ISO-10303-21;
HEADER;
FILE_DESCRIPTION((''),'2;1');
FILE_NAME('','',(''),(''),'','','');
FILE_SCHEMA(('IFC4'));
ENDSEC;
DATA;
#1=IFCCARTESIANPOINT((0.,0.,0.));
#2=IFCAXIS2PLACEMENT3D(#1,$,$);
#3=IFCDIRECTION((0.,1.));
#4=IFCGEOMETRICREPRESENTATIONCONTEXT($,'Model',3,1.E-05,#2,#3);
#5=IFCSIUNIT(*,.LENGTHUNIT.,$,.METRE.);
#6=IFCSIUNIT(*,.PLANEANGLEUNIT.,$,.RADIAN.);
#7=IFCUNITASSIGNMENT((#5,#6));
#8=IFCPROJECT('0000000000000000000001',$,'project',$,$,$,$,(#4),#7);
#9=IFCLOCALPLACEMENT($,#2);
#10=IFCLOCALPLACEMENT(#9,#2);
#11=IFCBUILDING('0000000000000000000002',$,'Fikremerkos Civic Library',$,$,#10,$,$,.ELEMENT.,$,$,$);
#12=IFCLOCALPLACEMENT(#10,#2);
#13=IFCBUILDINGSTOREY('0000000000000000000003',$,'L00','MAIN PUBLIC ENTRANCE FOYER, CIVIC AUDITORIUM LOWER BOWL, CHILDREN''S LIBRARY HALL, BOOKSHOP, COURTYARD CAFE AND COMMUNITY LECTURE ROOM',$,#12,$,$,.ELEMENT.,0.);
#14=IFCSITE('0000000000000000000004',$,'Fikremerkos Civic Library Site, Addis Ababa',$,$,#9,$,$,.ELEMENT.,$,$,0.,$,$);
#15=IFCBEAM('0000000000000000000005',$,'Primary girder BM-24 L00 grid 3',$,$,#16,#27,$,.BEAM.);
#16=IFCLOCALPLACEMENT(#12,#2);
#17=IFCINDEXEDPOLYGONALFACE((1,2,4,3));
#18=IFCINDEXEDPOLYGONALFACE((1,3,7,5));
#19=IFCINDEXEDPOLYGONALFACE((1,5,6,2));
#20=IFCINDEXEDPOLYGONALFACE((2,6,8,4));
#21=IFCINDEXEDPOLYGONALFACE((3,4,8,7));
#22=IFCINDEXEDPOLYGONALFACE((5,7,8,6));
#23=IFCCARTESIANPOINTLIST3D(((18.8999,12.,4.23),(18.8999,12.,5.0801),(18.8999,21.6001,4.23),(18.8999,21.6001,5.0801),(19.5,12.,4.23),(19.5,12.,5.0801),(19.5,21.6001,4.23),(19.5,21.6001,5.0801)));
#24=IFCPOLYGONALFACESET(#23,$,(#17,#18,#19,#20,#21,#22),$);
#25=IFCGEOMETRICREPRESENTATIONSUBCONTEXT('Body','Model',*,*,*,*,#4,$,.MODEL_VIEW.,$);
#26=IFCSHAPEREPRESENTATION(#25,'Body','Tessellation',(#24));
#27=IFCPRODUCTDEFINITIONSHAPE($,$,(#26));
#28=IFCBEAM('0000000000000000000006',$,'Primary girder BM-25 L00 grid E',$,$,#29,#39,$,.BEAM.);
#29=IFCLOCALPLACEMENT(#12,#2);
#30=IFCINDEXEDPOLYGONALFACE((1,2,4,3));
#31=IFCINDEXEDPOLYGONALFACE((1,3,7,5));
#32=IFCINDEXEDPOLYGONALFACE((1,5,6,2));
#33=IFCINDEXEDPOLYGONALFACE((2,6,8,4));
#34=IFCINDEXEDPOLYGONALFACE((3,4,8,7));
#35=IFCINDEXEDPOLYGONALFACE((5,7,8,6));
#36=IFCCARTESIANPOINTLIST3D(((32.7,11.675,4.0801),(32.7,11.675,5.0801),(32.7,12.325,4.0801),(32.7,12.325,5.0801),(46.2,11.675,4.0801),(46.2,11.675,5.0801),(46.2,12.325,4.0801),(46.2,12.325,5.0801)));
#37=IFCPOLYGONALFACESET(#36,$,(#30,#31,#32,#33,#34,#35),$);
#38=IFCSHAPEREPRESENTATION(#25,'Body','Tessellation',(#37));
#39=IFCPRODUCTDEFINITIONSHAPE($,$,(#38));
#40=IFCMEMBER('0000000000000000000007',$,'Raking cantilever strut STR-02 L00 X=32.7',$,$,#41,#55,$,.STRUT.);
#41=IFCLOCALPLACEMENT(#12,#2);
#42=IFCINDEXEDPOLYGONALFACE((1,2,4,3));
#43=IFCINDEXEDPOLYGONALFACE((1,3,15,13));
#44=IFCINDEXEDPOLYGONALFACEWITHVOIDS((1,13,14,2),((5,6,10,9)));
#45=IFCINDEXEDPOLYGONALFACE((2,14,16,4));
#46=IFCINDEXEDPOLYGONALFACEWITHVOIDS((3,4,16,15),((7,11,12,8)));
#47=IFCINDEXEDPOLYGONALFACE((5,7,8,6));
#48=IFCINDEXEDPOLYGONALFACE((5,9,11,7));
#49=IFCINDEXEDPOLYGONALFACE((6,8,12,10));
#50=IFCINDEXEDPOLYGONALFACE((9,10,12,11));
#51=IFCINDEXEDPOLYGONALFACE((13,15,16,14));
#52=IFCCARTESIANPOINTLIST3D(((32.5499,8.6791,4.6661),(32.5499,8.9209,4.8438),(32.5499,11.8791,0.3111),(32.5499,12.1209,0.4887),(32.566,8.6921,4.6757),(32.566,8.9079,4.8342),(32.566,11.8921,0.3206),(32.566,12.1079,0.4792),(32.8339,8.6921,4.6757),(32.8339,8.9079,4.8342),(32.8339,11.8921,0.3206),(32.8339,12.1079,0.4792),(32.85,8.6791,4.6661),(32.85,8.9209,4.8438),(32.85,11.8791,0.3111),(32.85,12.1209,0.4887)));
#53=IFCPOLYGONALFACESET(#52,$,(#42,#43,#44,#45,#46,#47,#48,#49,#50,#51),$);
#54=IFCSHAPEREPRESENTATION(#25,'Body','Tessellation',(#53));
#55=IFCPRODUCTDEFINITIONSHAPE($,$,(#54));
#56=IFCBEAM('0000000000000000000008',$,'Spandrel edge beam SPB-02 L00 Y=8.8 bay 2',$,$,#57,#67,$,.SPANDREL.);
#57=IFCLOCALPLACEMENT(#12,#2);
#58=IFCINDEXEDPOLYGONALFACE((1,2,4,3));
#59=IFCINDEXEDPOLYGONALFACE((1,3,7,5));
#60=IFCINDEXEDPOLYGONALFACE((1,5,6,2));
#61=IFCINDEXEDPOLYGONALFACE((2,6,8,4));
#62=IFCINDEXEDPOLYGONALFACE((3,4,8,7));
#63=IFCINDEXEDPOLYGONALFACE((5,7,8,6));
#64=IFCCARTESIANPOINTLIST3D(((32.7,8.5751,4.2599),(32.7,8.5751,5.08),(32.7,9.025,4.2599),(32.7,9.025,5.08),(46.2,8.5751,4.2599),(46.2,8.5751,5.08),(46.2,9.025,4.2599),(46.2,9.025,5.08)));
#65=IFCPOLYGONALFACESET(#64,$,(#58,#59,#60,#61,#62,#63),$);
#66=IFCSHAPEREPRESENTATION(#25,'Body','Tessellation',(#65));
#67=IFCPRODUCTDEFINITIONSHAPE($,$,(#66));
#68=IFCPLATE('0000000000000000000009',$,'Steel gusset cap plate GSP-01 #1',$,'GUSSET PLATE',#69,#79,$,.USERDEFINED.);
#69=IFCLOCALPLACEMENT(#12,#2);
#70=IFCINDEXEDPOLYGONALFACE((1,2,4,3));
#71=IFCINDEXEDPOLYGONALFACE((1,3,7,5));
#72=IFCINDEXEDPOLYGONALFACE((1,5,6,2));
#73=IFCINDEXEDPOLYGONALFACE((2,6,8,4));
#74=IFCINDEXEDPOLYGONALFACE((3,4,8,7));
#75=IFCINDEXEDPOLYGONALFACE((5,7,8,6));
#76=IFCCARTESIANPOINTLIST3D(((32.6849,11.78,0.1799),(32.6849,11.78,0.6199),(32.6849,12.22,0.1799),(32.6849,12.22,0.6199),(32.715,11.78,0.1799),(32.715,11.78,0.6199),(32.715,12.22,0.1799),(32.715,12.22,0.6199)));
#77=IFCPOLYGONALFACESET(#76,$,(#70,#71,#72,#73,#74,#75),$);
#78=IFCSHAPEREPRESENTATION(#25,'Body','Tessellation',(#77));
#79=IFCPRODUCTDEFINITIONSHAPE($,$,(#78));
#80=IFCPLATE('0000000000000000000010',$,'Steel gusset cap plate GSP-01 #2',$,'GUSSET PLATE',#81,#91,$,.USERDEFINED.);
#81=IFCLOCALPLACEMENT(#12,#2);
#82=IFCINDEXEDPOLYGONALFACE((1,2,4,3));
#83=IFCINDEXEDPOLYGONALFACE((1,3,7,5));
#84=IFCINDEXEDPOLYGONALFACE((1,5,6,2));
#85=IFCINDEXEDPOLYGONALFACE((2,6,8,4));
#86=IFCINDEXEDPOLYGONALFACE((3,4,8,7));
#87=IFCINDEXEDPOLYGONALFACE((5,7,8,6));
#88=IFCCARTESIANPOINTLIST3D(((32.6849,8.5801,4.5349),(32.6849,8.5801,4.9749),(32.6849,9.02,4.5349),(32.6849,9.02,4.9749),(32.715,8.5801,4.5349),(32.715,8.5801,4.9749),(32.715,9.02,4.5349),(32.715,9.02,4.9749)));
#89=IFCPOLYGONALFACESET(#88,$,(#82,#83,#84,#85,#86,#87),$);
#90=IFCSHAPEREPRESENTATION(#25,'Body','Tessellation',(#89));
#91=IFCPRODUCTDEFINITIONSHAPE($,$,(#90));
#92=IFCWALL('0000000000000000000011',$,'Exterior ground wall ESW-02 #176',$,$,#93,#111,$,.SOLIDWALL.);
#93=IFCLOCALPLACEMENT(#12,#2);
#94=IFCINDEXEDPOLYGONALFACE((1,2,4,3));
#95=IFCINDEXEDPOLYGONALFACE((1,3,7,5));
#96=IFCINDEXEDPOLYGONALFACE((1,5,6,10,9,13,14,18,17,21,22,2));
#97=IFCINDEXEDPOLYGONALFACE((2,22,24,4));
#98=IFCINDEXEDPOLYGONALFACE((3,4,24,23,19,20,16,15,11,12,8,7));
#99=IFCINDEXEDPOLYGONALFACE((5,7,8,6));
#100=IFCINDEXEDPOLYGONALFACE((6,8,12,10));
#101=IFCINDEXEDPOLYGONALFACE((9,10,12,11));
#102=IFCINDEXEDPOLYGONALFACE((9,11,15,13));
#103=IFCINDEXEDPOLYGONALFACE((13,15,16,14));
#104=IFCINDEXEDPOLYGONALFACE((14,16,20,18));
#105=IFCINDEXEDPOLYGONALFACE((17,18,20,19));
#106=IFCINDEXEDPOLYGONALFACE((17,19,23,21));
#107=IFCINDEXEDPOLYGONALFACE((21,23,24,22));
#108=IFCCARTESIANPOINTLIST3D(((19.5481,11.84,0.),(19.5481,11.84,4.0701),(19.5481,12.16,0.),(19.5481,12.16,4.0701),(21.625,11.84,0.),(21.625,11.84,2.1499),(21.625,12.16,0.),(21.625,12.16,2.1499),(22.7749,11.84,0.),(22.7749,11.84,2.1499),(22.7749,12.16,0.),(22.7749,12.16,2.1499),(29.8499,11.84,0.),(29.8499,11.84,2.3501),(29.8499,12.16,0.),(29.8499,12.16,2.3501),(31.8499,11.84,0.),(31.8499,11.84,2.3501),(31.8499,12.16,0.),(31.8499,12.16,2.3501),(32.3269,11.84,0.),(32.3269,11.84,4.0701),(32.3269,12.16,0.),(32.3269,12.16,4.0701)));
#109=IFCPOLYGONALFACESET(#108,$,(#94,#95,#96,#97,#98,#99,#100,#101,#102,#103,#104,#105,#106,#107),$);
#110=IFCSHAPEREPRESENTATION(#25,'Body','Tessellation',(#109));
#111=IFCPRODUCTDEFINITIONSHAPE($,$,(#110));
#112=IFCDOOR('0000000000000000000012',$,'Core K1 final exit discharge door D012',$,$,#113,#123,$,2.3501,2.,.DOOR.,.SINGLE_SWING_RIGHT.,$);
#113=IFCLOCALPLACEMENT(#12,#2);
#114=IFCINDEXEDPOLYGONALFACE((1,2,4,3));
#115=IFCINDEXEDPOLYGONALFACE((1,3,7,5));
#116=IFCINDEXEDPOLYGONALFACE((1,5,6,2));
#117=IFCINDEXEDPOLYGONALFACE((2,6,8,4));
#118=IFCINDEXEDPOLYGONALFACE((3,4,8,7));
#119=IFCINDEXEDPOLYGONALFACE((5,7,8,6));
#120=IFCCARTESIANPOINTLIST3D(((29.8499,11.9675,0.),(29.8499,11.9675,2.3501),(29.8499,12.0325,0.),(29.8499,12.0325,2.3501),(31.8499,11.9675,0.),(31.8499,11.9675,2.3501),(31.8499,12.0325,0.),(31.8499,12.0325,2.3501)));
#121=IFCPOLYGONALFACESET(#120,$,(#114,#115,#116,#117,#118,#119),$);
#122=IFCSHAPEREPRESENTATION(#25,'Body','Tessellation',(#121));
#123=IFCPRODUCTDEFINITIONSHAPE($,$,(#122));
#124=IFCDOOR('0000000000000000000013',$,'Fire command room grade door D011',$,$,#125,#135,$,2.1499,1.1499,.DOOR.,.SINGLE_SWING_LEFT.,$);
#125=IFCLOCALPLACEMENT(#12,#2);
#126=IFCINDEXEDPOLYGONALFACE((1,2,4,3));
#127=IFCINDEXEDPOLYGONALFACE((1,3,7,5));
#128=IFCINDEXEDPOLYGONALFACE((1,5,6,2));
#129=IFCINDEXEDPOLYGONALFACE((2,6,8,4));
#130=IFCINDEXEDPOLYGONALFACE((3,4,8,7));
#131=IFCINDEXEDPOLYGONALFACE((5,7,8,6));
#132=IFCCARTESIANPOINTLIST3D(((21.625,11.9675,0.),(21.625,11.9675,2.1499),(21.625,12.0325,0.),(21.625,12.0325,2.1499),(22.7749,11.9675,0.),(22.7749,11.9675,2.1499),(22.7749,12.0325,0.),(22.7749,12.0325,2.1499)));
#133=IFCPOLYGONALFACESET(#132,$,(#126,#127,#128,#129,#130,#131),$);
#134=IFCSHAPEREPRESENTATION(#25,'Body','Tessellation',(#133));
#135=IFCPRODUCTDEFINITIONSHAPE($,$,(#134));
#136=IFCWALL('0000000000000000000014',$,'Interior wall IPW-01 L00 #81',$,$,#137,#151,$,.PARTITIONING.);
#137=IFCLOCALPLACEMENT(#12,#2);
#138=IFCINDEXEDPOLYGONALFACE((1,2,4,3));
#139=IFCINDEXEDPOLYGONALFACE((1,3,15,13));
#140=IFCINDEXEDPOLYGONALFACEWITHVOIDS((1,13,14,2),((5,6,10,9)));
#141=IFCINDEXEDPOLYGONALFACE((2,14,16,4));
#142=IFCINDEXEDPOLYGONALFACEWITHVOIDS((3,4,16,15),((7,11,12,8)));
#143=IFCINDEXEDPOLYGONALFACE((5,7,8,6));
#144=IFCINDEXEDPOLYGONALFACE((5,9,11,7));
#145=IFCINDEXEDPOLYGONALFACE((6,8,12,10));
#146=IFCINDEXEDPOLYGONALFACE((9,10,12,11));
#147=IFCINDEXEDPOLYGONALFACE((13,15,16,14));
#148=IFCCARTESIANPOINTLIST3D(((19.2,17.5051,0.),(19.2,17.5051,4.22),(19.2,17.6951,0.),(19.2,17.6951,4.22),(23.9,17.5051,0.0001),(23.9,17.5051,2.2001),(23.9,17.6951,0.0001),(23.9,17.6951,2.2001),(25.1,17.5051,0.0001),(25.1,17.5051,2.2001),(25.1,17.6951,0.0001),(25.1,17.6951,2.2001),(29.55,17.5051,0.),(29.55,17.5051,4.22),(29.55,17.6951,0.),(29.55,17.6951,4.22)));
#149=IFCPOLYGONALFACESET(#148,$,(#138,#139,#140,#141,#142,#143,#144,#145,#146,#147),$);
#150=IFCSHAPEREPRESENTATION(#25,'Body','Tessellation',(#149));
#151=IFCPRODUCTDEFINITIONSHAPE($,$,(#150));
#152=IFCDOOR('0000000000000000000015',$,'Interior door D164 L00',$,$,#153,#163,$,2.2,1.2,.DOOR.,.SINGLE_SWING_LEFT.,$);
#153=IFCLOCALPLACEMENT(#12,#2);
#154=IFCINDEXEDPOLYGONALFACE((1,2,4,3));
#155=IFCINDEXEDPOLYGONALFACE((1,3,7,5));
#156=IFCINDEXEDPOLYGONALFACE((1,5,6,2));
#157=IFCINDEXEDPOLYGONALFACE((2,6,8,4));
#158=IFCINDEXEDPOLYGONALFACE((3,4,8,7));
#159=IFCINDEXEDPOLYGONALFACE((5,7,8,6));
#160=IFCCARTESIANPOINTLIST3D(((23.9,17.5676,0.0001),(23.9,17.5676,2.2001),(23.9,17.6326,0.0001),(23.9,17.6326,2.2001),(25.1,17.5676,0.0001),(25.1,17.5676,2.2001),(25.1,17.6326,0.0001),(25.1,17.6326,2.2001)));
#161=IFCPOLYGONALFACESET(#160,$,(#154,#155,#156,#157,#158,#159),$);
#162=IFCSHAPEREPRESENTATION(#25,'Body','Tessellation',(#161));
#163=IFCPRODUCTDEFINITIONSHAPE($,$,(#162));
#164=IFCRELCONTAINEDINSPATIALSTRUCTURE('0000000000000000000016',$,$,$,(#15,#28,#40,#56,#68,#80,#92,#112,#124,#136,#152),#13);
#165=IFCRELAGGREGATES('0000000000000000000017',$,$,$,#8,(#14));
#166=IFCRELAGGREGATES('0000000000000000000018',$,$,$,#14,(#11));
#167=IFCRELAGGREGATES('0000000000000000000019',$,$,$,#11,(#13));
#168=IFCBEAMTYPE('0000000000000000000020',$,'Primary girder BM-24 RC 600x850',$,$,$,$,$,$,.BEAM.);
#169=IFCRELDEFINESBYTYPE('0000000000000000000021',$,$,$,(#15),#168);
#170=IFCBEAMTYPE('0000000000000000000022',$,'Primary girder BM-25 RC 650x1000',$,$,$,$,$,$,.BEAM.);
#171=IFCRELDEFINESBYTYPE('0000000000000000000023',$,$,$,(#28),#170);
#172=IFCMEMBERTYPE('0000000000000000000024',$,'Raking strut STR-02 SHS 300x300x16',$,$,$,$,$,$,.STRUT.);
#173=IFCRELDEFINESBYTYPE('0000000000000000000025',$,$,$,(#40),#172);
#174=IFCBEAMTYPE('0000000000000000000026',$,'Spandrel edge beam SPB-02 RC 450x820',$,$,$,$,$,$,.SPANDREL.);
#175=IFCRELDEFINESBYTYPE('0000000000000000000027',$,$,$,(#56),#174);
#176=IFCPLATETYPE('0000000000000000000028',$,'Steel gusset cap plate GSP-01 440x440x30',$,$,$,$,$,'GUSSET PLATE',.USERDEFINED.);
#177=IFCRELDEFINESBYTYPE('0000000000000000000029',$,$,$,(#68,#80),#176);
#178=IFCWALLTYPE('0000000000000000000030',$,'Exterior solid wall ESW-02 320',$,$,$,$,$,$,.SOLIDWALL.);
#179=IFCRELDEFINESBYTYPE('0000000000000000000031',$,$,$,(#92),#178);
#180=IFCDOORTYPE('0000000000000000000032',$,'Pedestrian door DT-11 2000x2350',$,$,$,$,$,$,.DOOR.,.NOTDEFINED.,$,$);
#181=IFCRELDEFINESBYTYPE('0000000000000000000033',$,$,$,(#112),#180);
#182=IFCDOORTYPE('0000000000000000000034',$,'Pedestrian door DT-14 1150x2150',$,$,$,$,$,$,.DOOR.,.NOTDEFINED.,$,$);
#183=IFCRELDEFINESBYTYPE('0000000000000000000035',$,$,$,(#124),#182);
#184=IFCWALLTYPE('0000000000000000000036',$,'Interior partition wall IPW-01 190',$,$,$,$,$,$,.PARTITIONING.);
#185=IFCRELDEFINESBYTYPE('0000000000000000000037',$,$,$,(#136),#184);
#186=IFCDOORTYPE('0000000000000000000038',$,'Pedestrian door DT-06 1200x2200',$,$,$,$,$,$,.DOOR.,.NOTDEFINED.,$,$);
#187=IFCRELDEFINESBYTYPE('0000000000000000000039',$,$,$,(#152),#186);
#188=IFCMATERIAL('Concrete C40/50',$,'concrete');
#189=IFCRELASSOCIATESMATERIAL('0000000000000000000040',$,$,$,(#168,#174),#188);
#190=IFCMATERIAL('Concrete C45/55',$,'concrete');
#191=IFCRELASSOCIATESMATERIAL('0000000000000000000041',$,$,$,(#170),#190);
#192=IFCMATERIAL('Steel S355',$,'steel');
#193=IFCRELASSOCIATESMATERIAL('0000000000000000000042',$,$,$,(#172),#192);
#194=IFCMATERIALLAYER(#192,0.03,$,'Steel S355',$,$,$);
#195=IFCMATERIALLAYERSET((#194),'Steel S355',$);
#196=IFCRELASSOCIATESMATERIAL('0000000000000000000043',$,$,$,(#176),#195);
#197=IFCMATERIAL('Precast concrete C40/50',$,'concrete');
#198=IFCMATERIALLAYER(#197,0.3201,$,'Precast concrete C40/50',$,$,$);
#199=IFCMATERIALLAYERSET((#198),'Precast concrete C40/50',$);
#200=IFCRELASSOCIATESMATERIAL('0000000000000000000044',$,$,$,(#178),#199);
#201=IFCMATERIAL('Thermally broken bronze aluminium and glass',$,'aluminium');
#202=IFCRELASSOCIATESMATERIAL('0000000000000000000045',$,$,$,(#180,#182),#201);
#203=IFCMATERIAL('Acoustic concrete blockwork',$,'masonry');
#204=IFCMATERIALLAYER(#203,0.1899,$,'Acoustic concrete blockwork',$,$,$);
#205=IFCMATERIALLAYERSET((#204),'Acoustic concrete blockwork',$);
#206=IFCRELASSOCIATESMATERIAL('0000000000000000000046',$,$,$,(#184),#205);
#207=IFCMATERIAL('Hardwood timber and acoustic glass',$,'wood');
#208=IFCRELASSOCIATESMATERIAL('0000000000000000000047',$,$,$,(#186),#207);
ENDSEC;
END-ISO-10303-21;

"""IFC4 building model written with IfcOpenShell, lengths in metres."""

from ifc_helpers import new_model, si_unit, direction, frame, frame_2d, origin, origin_2d, place, context, subcontext, project, spatial, rectangle, hollow_rectangle, extrude, material, layer, layer_set, material_profile, profile_set, type_object, element, fill, save


model = new_model("IFC4")

# Units and contexts
model_context = context("Model", 3, precision=1e-05, world=origin(), true_north=direction((0.0, 1.0)))
body_context = subcontext(model_context, "Body", "Model", "MODEL_VIEW")
ifc_project = project(units=[si_unit("LENGTHUNIT", "METRE"), si_unit("PLANEANGLEUNIT", "RADIAN")], contexts=[model_context])

# Site, building, storey
site_placement = place(None, origin())
site = spatial("IfcSite", under=ifc_project, at=site_placement, Name="Fikremerkos Civic Library Site, Addis Ababa", CompositionType="ELEMENT", RefElevation=0.0)
building_placement = place(site_placement, origin())
building = spatial("IfcBuilding", under=site, at=building_placement, Name="Fikremerkos Civic Library", CompositionType="ELEMENT")
storey_placement = place(building_placement, origin())
storey = spatial("IfcBuildingStorey", under=building, at=storey_placement, Name="L00", Description="MAIN PUBLIC ENTRANCE FOYER, CIVIC AUDITORIUM LOWER BOWL, CHILDREN'S LIBRARY HALL, BOOKSHOP, COURTYARD CAFE AND COMMUNITY LECTURE ROOM", CompositionType="ELEMENT", Elevation=0.0)

# Shared definitions
ifc_material_1 = material(Name="Concrete C40/50", Category="concrete")
ifc_material_2 = material(Name="Concrete C45/55", Category="concrete")

# Beams
ifc_material_3 = material(Name="Steel S355", Category="steel")
ifc_material_profile_1 = material_profile(ifc_material_1, rectangle(XDim=0.6001, YDim=0.8501, at=origin_2d()), Name="RC 600x850")
ifc_profile_set_1 = profile_set([ifc_material_profile_1], Name="Concrete C40/50")
beam_type_1 = type_object("IfcBeamType", Name="Primary girder BM-24 RC 600x850", PredefinedType="BEAM", material=ifc_profile_set_1)
beam_1_placement = place(storey_placement, frame((19.2, 12.0, 4.655), z_axis=(0.0, 1.0, 0.0), x_axis=(-1.0, 0.0, 0.0)))
element("IfcBeam", 1, at=beam_1_placement, inside=storey, type_object=beam_type_1, Name="Primary girder BM-24 L00 grid 3", PredefinedType="BEAM", context=body_context, shape_type="SweptSolid", body=[
    extrude(rectangle(XDim=0.6001, YDim=0.8501, at=origin_2d()), origin(), (0.0, 0.0, 1.0), 9.6001),
])
ifc_material_profile_2 = material_profile(ifc_material_2, rectangle(XDim=0.6499, YDim=1.0, at=origin_2d()), Name="RC 650x1000")
ifc_profile_set_2 = profile_set([ifc_material_profile_2], Name="Concrete C45/55")
beam_type_2 = type_object("IfcBeamType", Name="Primary girder BM-25 RC 650x1000", PredefinedType="BEAM", material=ifc_profile_set_2)
beam_2_placement = place(storey_placement, frame((32.7, 12.0, 4.5801), z_axis=(1.0, 0.0, 0.0), x_axis=(0.0, 1.0, 0.0)))
element("IfcBeam", 2, at=beam_2_placement, inside=storey, type_object=beam_type_2, Name="Primary girder BM-25 L00 grid E", PredefinedType="BEAM", context=body_context, shape_type="SweptSolid", body=[
    extrude(rectangle(XDim=0.6499, YDim=1.0, at=origin_2d()), origin(), (0.0, 0.0, 1.0), 13.5),
])

# Member
ifc_material_profile_3 = material_profile(ifc_material_3, hollow_rectangle(XDim=0.3, YDim=0.3, WallThickness=0.0161, at=origin_2d()), Name="SHS 300x300x16")
ifc_profile_set_3 = profile_set([ifc_material_profile_3], Name="Steel S355")
member_type = type_object("IfcMemberType", Name="Raking strut STR-02 SHS 300x300x16", PredefinedType="STRUT", material=ifc_profile_set_3)
member_placement = place(storey_placement, frame((32.7, 12.0, 0.3999), z_axis=(0.0, -0.592121, 0.805849), x_axis=(1.0, 0.0, 0.0)))
element("IfcMember", 3, at=member_placement, inside=storey, type_object=member_type, Name="Raking cantilever strut STR-02 L00 X=32.7", PredefinedType="STRUT", context=body_context, shape_type="SweptSolid", body=[
    extrude(hollow_rectangle(XDim=0.3, YDim=0.3, WallThickness=0.0161, at=origin_2d()), origin(), (0.0, 0.0, 1.0), 5.4043),
])

# Beam
ifc_material_profile_4 = material_profile(ifc_material_1, rectangle(XDim=0.45, YDim=0.8201, at=origin_2d()), Name="RC 450x820")
ifc_profile_set_4 = profile_set([ifc_material_profile_4], Name="Concrete C40/50")
beam_type_3 = type_object("IfcBeamType", Name="Spandrel edge beam SPB-02 RC 450x820", PredefinedType="SPANDREL", material=ifc_profile_set_4)
beam_3_placement = place(storey_placement, frame((32.7, 8.8, 4.6699), z_axis=(1.0, 0.0, 0.0), x_axis=(0.0, 1.0, 0.0)))
element("IfcBeam", 4, at=beam_3_placement, inside=storey, type_object=beam_type_3, Name="Spandrel edge beam SPB-02 L00 Y=8.8 bay 2", PredefinedType="SPANDREL", context=body_context, shape_type="SweptSolid", body=[
    extrude(rectangle(XDim=0.45, YDim=0.8201, at=origin_2d()), origin(), (0.0, 0.0, 1.0), 13.5),
])

# Plates
ifc_layer_1 = layer(ifc_material_3, 0.03, Name="Steel S355")
ifc_layer_set_1 = layer_set([ifc_layer_1], Name="Steel S355")
plate_type = type_object("IfcPlateType", Name="Steel gusset cap plate GSP-01 440x440x30", ElementType="GUSSET PLATE", PredefinedType="USERDEFINED", material=ifc_layer_set_1)
for number, where, z_axis, x_axis, name in (
    (5, (32.7, 12.0, 0.1799), (0.0, 0.0, 1.0), (1.0, 0.0, 0.0), "Steel gusset cap plate GSP-01 #1"),
    (6, (32.7, 8.8, 4.5349), (0.0, 0.0, 1.0), (1.0, 0.0, 0.0), "Steel gusset cap plate GSP-01 #2"),
):
    element("IfcPlate", number, at=place(storey_placement, frame(where, z_axis=z_axis, x_axis=x_axis)), inside=storey, type_object=plate_type, Name=name, ObjectType="GUSSET PLATE", PredefinedType="USERDEFINED", context=body_context, shape_type="SweptSolid", body=[
        extrude(rectangle(XDim=0.03, YDim=0.4399, at=origin_2d()), origin(), (0.0, 0.0, 1.0), 0.4399),
    ])

# Wall, openings, doors
ifc_material_4 = material(Name="Precast concrete C40/50", Category="concrete")
ifc_layer_2 = layer(ifc_material_4, 0.3201, Name="Precast concrete C40/50")
ifc_layer_set_2 = layer_set([ifc_layer_2], Name="Precast concrete C40/50")
wall_type_1 = type_object("IfcWallType", Name="Exterior solid wall ESW-02 320", PredefinedType="SOLIDWALL", material=ifc_layer_set_2)
wall_1_placement = place(storey_placement, frame((32.3269, 12.0, 0.0), z_axis=(0.0, 0.0, 1.0), x_axis=(-1.0, 0.0, 0.0)))
wall_1 = element("IfcWall", 7, at=wall_1_placement, inside=storey, type_object=wall_type_1, Name="Exterior ground wall ESW-02 #176", PredefinedType="SOLIDWALL", context=body_context, shape_type="SweptSolid", body=[
    extrude(rectangle(XDim=12.7788, YDim=0.3201, at=frame_2d((6.3894, 0.0))), origin(), (0.0, 0.0, 1.0), 4.0701),
])
opening_1_placement = place(wall_1_placement, frame((9.552, 0.0, 0.0)))
opening_1 = element("IfcOpeningElement", 8, at=opening_1_placement, cuts=wall_1, PredefinedType="OPENING", context=body_context, shape_type="SweptSolid", body=[
    extrude(rectangle(XDim=1.1499, YDim=2.1499, at=frame_2d((0.575, 1.075))), frame((0.0, 0.1699, 0.0), z_axis=(0.0, -1.0, 0.0), x_axis=(1.0, 0.0, 0.0)), (0.0, 0.0, 1.0), 0.3401),
])
opening_2_placement = place(wall_1_placement, frame((0.4771, 0.0, 0.0)))
opening_2 = element("IfcOpeningElement", 9, at=opening_2_placement, cuts=wall_1, PredefinedType="OPENING", context=body_context, shape_type="SweptSolid", body=[
    extrude(rectangle(XDim=2.0, YDim=2.3501, at=frame_2d((1.0, 1.175))), frame((0.0, 0.1699, 0.0), z_axis=(0.0, -1.0, 0.0), x_axis=(1.0, 0.0, 0.0)), (0.0, 0.0, 1.0), 0.3401),
])
ifc_material_5 = material(Name="Thermally broken bronze aluminium and glass", Category="aluminium")
door_type_1 = type_object("IfcDoorType", Name="Pedestrian door DT-11 2000x2350", OperationType="NOTDEFINED", PredefinedType="DOOR", material=ifc_material_5)
door_1_placement = place(opening_2_placement, origin())
door_1 = element("IfcDoor", 10, at=door_1_placement, inside=storey, type_object=door_type_1, Name="Core K1 final exit discharge door D012", OperationType="SINGLE_SWING_RIGHT", OverallHeight=2.3501, OverallWidth=2.0, PredefinedType="DOOR", context=body_context, shape_type="SweptSolid", body=[
    extrude(rectangle(XDim=2.0, YDim=2.3501, at=frame_2d((1.0, 1.175))), frame((0.0, 0.0325, 0.0), z_axis=(0.0, -1.0, 0.0), x_axis=(1.0, 0.0, 0.0)), (0.0, 0.0, 1.0), 0.0649),
])
fill(opening_2, door_1)
door_type_2 = type_object("IfcDoorType", Name="Pedestrian door DT-14 1150x2150", OperationType="NOTDEFINED", PredefinedType="DOOR", material=ifc_material_5)
door_2_placement = place(opening_1_placement, origin())
door_2 = element("IfcDoor", 11, at=door_2_placement, inside=storey, type_object=door_type_2, Name="Fire command room grade door D011", OperationType="SINGLE_SWING_LEFT", OverallHeight=2.1499, OverallWidth=1.1499, PredefinedType="DOOR", context=body_context, shape_type="SweptSolid", body=[
    extrude(rectangle(XDim=1.1499, YDim=2.1499, at=frame_2d((0.575, 1.075))), frame((0.0, 0.0325, 0.0), z_axis=(0.0, -1.0, 0.0), x_axis=(1.0, 0.0, 0.0)), (0.0, 0.0, 1.0), 0.0649),
])
fill(opening_1, door_2)

# Wall, opening, door
ifc_material_6 = material(Name="Acoustic concrete blockwork", Category="masonry")
ifc_layer_3 = layer(ifc_material_6, 0.1899, Name="Acoustic concrete blockwork")
ifc_layer_set_3 = layer_set([ifc_layer_3], Name="Acoustic concrete blockwork")
wall_type_2 = type_object("IfcWallType", Name="Interior partition wall IPW-01 190", PredefinedType="PARTITIONING", material=ifc_layer_set_3)
wall_2_placement = place(storey_placement, frame((19.2, 17.6001, 0.0), z_axis=(0.0, 0.0, 1.0), x_axis=(1.0, 0.0, 0.0)))
wall_2 = element("IfcWall", 12, at=wall_2_placement, inside=storey, type_object=wall_type_2, Name="Interior wall IPW-01 L00 #81", PredefinedType="PARTITIONING", context=body_context, shape_type="SweptSolid", body=[
    extrude(rectangle(XDim=10.3501, YDim=0.1899, at=frame_2d((5.175, 0.0))), origin(), (0.0, 0.0, 1.0), 4.22),
])
opening_3_placement = place(wall_2_placement, frame((4.7, 0.0, 0.0)))
opening_3 = element("IfcOpeningElement", 13, at=opening_3_placement, cuts=wall_2, PredefinedType="OPENING", context=body_context, shape_type="SweptSolid", body=[
    extrude(rectangle(XDim=1.2, YDim=2.2, at=frame_2d((0.6001, 1.1001))), frame((0.0, 0.105, 0.0), z_axis=(0.0, -1.0, 0.0), x_axis=(1.0, 0.0, 0.0)), (0.0, 0.0, 1.0), 0.21),
])
ifc_material_7 = material(Name="Hardwood timber and acoustic glass", Category="wood")
door_type_3 = type_object("IfcDoorType", Name="Pedestrian door DT-06 1200x2200", OperationType="NOTDEFINED", PredefinedType="DOOR", material=ifc_material_7)
door_3_placement = place(opening_3_placement, origin())
door_3 = element("IfcDoor", 14, at=door_3_placement, inside=storey, type_object=door_type_3, Name="Interior door D164 L00", OperationType="SINGLE_SWING_LEFT", OverallHeight=2.2, OverallWidth=1.2, PredefinedType="DOOR", context=body_context, shape_type="SweptSolid", body=[
    extrude(rectangle(XDim=1.2, YDim=2.2, at=frame_2d((0.6001, 1.1001))), frame((0.0, 0.0325, 0.0), z_axis=(0.0, -1.0, 0.0), x_axis=(1.0, 0.0, 0.0)), (0.0, 0.0, 1.0), 0.0649),
])
fill(opening_3, door_3)

save(model, "model.ifc")
